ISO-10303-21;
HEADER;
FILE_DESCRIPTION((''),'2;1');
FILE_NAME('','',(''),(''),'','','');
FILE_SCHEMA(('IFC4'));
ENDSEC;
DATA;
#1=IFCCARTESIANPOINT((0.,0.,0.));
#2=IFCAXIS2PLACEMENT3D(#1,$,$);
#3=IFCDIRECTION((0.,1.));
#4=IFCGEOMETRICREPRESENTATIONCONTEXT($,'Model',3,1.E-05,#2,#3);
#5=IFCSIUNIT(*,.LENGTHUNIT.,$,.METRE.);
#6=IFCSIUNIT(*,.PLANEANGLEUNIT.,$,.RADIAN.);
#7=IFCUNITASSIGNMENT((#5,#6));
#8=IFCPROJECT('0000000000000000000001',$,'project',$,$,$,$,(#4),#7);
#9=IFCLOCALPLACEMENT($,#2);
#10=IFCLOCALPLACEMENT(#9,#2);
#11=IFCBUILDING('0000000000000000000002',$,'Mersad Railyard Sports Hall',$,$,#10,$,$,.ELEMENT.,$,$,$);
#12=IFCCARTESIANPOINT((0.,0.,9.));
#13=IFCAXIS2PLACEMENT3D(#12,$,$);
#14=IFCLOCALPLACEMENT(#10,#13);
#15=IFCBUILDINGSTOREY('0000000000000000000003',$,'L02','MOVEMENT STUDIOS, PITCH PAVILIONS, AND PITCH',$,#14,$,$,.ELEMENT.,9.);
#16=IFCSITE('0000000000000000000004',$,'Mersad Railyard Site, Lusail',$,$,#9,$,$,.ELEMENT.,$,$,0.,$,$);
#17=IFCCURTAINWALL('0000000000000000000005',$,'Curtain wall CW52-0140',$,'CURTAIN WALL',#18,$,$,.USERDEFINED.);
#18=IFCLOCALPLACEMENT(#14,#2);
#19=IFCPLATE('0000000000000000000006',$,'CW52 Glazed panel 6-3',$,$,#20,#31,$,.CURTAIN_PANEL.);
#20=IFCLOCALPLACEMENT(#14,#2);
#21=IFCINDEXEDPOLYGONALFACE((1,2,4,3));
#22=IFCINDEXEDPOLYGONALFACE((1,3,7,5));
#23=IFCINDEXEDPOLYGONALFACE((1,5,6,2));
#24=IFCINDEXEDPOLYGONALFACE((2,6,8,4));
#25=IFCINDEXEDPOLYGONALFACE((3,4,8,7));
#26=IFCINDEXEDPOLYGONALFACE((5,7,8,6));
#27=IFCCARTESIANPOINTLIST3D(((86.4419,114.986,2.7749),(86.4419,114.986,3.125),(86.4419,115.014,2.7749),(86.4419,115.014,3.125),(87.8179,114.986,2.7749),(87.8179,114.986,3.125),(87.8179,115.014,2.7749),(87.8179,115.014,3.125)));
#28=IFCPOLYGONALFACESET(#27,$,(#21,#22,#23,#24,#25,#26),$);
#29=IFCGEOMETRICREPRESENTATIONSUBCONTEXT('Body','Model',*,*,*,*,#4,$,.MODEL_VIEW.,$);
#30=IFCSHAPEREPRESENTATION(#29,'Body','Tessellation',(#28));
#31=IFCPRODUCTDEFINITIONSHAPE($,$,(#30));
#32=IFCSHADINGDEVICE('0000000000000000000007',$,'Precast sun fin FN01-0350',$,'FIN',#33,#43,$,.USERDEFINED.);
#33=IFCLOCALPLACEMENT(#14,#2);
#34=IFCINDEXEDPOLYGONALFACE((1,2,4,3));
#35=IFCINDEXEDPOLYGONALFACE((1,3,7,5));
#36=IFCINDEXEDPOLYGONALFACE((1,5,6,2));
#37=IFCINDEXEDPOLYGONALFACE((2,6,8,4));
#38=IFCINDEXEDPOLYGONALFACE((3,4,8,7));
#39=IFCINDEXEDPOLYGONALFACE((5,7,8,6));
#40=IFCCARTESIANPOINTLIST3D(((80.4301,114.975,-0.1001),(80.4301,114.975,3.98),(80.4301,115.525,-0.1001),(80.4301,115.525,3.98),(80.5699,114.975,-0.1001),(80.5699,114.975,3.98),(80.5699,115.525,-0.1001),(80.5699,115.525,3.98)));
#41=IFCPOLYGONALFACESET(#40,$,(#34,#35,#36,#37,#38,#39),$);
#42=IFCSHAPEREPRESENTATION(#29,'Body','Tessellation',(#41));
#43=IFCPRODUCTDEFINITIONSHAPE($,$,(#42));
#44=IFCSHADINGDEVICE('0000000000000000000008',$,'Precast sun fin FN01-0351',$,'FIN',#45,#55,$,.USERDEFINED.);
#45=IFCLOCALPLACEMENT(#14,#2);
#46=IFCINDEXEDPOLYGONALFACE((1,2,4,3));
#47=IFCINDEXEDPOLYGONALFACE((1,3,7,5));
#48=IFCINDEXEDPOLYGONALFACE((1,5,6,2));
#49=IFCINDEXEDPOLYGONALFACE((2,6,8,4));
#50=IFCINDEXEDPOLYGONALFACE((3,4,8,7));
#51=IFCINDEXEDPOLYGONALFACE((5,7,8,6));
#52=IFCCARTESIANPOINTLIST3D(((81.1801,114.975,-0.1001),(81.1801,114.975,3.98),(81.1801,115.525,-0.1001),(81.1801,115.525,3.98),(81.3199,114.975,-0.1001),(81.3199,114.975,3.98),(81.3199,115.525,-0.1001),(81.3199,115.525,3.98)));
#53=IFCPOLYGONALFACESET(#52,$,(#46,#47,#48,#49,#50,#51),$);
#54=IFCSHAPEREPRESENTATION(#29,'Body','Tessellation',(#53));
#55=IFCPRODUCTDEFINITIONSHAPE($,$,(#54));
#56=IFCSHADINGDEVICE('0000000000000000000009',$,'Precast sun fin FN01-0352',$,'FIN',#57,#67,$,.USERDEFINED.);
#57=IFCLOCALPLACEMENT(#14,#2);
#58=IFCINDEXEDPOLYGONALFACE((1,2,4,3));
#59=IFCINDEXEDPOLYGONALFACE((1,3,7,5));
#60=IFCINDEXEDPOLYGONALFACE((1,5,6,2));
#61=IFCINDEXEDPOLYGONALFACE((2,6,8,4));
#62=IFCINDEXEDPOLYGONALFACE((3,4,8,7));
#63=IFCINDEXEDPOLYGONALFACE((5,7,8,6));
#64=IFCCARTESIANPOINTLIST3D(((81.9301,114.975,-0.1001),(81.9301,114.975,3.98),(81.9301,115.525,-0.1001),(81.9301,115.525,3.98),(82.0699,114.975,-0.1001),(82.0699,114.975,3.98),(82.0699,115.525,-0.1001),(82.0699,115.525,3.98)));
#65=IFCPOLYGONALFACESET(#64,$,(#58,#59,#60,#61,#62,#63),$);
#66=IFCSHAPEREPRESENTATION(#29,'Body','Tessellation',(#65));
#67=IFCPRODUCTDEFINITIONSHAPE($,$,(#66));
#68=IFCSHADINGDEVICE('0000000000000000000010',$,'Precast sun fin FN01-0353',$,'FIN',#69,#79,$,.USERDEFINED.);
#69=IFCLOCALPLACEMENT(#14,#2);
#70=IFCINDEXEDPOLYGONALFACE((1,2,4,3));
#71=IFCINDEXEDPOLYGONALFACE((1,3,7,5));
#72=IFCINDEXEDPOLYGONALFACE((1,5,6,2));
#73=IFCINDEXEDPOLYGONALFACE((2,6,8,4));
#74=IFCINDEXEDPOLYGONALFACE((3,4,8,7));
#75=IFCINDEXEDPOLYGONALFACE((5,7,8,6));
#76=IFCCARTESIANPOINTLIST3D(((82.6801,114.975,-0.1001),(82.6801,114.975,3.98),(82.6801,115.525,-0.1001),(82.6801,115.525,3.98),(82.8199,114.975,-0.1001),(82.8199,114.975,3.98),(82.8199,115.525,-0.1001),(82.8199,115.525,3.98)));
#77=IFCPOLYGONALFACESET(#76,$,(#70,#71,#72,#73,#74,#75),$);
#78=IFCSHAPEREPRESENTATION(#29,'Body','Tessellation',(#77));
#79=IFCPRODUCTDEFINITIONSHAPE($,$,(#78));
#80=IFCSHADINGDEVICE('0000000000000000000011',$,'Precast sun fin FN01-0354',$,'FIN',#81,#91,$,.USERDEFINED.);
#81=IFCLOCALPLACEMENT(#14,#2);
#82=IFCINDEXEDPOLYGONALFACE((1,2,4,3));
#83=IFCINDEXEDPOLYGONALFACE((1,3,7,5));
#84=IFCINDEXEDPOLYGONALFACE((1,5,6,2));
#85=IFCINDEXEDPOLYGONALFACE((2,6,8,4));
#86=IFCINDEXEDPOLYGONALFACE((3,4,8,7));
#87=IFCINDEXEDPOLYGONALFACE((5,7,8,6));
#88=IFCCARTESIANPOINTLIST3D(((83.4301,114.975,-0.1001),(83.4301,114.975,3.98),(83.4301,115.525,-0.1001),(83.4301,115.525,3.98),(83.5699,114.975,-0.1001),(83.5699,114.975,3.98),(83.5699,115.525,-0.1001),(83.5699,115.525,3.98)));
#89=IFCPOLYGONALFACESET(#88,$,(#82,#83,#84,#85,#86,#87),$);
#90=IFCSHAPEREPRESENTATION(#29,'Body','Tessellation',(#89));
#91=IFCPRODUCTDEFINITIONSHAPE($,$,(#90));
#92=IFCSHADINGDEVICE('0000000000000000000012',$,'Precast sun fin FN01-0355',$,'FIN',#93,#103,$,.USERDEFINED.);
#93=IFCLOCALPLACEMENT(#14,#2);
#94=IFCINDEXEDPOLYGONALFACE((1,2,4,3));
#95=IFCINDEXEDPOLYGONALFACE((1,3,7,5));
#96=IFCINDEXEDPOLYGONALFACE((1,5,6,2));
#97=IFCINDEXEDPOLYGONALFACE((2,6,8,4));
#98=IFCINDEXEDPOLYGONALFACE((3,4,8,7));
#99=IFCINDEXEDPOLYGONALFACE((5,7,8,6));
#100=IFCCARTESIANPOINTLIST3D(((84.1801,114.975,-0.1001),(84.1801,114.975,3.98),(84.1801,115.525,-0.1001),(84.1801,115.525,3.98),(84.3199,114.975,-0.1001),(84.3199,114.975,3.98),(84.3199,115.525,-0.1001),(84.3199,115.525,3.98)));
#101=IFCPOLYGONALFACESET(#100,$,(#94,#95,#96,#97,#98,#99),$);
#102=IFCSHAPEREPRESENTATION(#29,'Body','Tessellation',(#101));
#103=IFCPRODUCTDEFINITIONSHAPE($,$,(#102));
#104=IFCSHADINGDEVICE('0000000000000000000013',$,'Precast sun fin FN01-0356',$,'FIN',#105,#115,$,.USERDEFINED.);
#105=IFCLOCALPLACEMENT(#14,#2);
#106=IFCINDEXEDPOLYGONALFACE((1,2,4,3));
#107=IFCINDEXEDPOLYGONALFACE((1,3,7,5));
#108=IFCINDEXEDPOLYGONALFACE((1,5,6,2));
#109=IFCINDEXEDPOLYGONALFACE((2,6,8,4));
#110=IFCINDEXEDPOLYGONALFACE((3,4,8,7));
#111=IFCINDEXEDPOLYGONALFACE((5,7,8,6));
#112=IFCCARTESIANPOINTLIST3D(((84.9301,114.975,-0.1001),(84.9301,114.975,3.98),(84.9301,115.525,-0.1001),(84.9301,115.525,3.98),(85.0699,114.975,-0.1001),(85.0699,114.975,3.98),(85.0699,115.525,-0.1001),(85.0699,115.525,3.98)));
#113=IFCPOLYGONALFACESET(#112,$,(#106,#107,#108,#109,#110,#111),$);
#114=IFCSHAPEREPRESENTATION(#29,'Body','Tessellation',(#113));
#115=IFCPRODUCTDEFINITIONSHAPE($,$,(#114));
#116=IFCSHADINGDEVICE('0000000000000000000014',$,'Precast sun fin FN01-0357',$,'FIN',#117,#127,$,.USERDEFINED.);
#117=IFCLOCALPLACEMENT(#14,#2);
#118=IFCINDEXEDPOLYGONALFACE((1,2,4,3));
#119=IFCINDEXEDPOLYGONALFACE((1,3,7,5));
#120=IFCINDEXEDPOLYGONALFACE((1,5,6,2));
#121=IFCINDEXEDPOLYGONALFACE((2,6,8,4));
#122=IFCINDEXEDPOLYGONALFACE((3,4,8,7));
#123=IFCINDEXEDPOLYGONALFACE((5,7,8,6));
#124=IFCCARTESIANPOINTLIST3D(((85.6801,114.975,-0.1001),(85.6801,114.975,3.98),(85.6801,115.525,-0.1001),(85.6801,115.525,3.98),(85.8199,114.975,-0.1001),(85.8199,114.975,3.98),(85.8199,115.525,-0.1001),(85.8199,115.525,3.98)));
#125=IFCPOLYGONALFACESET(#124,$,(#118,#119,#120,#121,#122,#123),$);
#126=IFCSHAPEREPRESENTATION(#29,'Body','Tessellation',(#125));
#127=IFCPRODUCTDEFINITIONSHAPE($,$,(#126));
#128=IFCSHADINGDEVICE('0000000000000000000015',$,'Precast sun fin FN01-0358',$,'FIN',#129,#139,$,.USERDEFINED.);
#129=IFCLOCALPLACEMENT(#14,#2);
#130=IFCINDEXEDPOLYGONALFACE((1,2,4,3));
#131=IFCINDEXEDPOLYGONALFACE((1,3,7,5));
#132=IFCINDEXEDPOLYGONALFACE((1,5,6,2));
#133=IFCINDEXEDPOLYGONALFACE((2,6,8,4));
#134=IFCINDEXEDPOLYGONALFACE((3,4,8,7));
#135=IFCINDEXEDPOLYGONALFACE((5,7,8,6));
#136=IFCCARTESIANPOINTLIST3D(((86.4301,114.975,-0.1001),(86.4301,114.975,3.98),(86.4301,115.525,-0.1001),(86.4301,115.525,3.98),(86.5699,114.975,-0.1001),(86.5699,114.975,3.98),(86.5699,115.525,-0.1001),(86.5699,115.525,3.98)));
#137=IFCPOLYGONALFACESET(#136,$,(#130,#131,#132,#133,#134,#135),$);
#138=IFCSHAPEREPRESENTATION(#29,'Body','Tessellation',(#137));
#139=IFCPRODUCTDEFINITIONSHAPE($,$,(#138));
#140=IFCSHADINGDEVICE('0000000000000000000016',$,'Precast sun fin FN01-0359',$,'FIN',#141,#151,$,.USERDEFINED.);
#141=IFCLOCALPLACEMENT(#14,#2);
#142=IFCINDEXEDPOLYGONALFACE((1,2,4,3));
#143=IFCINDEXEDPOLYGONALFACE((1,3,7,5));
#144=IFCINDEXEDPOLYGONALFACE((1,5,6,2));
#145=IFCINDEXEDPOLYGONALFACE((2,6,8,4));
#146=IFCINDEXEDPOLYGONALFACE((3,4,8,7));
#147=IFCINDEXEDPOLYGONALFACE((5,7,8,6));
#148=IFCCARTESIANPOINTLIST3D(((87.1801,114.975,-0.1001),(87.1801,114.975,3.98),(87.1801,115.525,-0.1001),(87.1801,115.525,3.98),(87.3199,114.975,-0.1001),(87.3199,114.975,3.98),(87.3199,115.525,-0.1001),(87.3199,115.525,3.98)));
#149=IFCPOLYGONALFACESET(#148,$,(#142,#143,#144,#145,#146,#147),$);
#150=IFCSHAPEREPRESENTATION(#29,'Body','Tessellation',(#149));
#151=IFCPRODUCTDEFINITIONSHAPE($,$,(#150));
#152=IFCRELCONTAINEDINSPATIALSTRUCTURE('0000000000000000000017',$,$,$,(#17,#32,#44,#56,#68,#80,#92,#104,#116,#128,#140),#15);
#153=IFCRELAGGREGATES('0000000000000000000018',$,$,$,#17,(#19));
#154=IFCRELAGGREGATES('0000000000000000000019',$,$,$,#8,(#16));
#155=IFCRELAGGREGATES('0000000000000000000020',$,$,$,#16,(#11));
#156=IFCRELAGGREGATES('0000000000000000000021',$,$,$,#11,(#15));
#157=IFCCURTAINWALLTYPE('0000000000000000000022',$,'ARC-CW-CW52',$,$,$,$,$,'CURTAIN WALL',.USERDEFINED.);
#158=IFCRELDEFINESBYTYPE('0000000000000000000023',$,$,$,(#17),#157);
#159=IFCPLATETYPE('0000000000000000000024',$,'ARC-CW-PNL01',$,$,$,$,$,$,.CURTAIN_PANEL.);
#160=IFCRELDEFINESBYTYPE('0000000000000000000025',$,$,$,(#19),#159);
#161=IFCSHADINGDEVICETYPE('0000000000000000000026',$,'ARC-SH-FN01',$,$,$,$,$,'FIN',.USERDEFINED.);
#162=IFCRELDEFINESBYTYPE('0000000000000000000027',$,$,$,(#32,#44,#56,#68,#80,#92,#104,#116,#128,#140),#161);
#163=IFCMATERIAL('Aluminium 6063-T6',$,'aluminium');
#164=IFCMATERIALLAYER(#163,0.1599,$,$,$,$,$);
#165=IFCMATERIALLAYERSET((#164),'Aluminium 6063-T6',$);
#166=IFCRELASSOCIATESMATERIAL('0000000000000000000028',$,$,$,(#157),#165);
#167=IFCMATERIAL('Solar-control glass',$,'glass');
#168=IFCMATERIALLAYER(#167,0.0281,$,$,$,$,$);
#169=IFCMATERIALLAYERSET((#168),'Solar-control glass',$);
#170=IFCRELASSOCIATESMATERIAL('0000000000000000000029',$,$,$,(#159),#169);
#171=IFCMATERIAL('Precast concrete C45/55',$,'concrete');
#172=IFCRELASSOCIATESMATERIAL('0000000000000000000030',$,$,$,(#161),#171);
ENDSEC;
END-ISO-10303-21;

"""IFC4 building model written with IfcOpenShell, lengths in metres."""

from ifc_helpers import new_model, si_unit, direction, frame, origin, origin_2d, place, context, subcontext, project, spatial, rectangle, extrude, material, layer, layer_set, type_object, element, aggregate, save


model = new_model("IFC4")

# Units and contexts
model_context = context("Model", 3, precision=1e-05, world=origin(), true_north=direction((0.0, 1.0)))
body_context = subcontext(model_context, "Body", "Model", "MODEL_VIEW")
ifc_project = project(units=[si_unit("LENGTHUNIT", "METRE"), si_unit("PLANEANGLEUNIT", "RADIAN")], contexts=[model_context])

# Site, building, storey
site_placement = place(None, origin())
site = spatial("IfcSite", under=ifc_project, at=site_placement, Name="Mersad Railyard Site, Lusail", CompositionType="ELEMENT", RefElevation=0.0)
building_placement = place(site_placement, origin())
building = spatial("IfcBuilding", under=site, at=building_placement, Name="Mersad Railyard Sports Hall", CompositionType="ELEMENT")
storey_placement = place(building_placement, frame((0.0, 0.0, 9.0)))
storey = spatial("IfcBuildingStorey", under=building, at=storey_placement, Name="L02", Description="MOVEMENT STUDIOS, PITCH PAVILIONS, AND PITCH", CompositionType="ELEMENT", Elevation=9.0)

# Curtain wall, plate
ifc_material_1 = material(Name="Aluminium 6063-T6", Category="aluminium")
ifc_layer_1 = layer(ifc_material_1, 0.1599)
ifc_layer_set_1 = layer_set([ifc_layer_1], Name="Aluminium 6063-T6")
curtain_wall_type = type_object("IfcCurtainWallType", Name="ARC-CW-CW52", ElementType="CURTAIN WALL", PredefinedType="USERDEFINED", material=ifc_layer_set_1)
curtain_wall_placement = place(storey_placement, origin())
curtain_wall = element("IfcCurtainWall", 1, at=curtain_wall_placement, inside=storey, type_object=curtain_wall_type, Name="Curtain wall CW52-0140", ObjectType="CURTAIN WALL", PredefinedType="USERDEFINED")
ifc_material_2 = material(Name="Solar-control glass", Category="glass")
ifc_layer_2 = layer(ifc_material_2, 0.0281)
ifc_layer_set_2 = layer_set([ifc_layer_2], Name="Solar-control glass")
plate_type = type_object("IfcPlateType", Name="ARC-CW-PNL01", PredefinedType="CURTAIN_PANEL", material=ifc_layer_set_2)
plate_1_placement = place(storey_placement, frame((87.1299, 115.0, 2.7749), z_axis=(0.0, 0.0, 1.0), x_axis=(1.0, 0.0, 0.0)))
plate_1 = element("IfcPlate", 2, at=plate_1_placement, type_object=plate_type, Name="CW52 Glazed panel 6-3", PredefinedType="CURTAIN_PANEL", context=body_context, shape_type="SweptSolid", body=[
    extrude(rectangle(XDim=1.376, YDim=0.0281, at=origin_2d()), origin(), (0.0, 0.0, 1.0), 0.3501),
])
aggregate(curtain_wall, [plate_1])

# Shading devices
ifc_material_3 = material(Name="Precast concrete C45/55", Category="concrete")
shading_device_type = type_object("IfcShadingDeviceType", Name="ARC-SH-FN01", ElementType="FIN", PredefinedType="USERDEFINED", material=ifc_material_3)
for number, where, z_axis, x_axis, name in (
    (3, (80.5, 115.25, -0.1001), (0.0, 0.0, 1.0), (1.0, 0.0, 0.0), "Precast sun fin FN01-0350"),
    (4, (81.25, 115.25, -0.1001), (0.0, 0.0, 1.0), (1.0, 0.0, 0.0), "Precast sun fin FN01-0351"),
    (5, (82.0, 115.25, -0.1001), (0.0, 0.0, 1.0), (1.0, 0.0, 0.0), "Precast sun fin FN01-0352"),
    (6, (82.75, 115.25, -0.1001), (0.0, 0.0, 1.0), (1.0, 0.0, 0.0), "Precast sun fin FN01-0353"),
    (7, (83.5, 115.25, -0.1001), (0.0, 0.0, 1.0), (1.0, 0.0, 0.0), "Precast sun fin FN01-0354"),
    (8, (84.25, 115.25, -0.1001), (0.0, 0.0, 1.0), (1.0, 0.0, 0.0), "Precast sun fin FN01-0355"),
    (9, (85.0, 115.25, -0.1001), (0.0, 0.0, 1.0), (1.0, 0.0, 0.0), "Precast sun fin FN01-0356"),
    (10, (85.75, 115.25, -0.1001), (0.0, 0.0, 1.0), (1.0, 0.0, 0.0), "Precast sun fin FN01-0357"),
    (11, (86.5, 115.25, -0.1001), (0.0, 0.0, 1.0), (1.0, 0.0, 0.0), "Precast sun fin FN01-0358"),
    (12, (87.25, 115.25, -0.1001), (0.0, 0.0, 1.0), (1.0, 0.0, 0.0), "Precast sun fin FN01-0359"),
):
    element("IfcShadingDevice", number, at=place(storey_placement, frame(where, z_axis=z_axis, x_axis=x_axis)), inside=storey, type_object=shading_device_type, Name=name, ObjectType="FIN", PredefinedType="USERDEFINED", context=body_context, shape_type="SweptSolid", body=[
        extrude(rectangle(XDim=0.1399, YDim=0.55, at=origin_2d()), origin(), (0.0, 0.0, 1.0), 4.0801),
    ])

save(model, "model.ifc")
